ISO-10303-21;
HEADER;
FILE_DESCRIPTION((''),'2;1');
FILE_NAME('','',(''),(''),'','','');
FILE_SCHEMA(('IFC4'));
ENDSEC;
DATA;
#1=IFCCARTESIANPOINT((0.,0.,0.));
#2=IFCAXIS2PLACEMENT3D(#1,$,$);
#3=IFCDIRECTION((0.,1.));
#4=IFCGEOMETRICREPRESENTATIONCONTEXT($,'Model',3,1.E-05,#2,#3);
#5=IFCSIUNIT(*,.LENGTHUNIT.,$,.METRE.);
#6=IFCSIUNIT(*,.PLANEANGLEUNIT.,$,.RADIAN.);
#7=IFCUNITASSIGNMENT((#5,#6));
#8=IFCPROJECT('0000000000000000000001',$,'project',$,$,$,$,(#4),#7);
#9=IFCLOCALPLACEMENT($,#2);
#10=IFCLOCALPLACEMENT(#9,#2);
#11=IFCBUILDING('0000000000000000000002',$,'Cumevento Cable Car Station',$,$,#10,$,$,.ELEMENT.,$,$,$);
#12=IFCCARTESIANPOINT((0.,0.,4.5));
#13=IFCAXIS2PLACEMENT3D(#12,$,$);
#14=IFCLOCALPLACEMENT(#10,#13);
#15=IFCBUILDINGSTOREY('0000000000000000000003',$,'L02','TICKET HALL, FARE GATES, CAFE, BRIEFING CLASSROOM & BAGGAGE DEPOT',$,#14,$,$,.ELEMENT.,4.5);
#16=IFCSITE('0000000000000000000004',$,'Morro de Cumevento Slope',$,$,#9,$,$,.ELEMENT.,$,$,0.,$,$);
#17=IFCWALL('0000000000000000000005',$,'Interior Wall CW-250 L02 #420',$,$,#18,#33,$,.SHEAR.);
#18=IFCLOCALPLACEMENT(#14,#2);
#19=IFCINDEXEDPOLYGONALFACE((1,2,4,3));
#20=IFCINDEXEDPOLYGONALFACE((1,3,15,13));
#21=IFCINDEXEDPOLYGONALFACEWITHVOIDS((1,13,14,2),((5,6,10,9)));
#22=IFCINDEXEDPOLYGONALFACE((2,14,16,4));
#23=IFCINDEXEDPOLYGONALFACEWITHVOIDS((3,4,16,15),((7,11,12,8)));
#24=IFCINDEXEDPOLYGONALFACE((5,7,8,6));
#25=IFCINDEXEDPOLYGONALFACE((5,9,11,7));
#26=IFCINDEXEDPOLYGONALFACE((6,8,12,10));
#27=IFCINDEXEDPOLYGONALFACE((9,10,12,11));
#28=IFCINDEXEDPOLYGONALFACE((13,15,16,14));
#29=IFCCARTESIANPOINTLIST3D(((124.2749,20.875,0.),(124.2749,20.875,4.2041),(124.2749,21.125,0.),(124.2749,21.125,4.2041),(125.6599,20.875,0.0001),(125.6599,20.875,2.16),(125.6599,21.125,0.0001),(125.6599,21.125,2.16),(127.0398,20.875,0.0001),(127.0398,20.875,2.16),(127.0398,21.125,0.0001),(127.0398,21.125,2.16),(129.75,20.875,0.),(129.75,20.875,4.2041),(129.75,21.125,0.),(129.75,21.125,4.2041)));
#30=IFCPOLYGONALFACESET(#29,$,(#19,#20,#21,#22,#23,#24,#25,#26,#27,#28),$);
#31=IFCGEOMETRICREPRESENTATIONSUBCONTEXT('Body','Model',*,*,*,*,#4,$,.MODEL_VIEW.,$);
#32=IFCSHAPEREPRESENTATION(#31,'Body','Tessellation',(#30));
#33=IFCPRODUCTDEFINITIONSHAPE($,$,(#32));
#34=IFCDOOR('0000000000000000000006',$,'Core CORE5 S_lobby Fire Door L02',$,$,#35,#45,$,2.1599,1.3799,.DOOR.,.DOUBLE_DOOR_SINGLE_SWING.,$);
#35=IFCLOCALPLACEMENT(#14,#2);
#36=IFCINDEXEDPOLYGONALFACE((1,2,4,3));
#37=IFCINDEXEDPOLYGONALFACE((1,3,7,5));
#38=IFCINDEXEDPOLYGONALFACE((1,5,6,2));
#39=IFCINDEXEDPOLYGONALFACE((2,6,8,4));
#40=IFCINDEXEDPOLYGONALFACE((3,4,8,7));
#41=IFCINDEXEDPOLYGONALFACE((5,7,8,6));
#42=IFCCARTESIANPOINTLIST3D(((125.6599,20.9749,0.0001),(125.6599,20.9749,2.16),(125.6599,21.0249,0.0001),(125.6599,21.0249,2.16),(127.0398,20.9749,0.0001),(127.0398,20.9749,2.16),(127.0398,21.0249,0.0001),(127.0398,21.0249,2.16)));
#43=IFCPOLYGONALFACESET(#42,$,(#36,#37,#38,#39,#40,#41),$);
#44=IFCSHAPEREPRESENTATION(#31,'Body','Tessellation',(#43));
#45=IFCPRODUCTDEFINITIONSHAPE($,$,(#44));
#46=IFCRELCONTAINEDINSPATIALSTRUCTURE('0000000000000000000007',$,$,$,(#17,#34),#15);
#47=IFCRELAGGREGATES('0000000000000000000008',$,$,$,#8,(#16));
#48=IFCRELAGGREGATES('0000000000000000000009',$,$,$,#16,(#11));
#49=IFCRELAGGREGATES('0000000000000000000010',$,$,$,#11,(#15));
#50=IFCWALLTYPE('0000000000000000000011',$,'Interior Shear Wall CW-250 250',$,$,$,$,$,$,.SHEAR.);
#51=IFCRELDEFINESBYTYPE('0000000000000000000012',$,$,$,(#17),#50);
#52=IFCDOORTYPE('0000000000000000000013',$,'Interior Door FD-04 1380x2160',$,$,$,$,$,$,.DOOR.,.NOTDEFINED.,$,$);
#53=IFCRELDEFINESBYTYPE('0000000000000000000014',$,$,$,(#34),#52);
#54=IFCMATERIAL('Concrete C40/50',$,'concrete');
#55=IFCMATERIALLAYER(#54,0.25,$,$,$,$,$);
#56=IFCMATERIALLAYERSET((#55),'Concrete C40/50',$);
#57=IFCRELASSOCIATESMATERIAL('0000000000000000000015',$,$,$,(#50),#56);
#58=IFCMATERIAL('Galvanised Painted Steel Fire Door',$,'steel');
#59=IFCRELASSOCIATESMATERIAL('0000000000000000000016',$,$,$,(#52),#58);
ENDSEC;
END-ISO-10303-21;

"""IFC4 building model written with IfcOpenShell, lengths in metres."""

from ifc_helpers import new_model, si_unit, direction, frame, frame_2d, origin, place, context, subcontext, project, spatial, rectangle, extrude, material, layer, layer_set, type_object, element, fill, save


model = new_model("IFC4")

# Units and contexts
model_context = context("Model", 3, precision=1e-05, world=origin(), true_north=direction((0.0, 1.0)))
body_context = subcontext(model_context, "Body", "Model", "MODEL_VIEW")
ifc_project = project(units=[si_unit("LENGTHUNIT", "METRE"), si_unit("PLANEANGLEUNIT", "RADIAN")], contexts=[model_context])

# Site, building, storey
site_placement = place(None, origin())
site = spatial("IfcSite", under=ifc_project, at=site_placement, Name="Morro de Cumevento Slope", CompositionType="ELEMENT", RefElevation=0.0)
building_placement = place(site_placement, origin())
building = spatial("IfcBuilding", under=site, at=building_placement, Name="Cumevento Cable Car Station", CompositionType="ELEMENT")
storey_placement = place(building_placement, frame((0.0, 0.0, 4.5)))
storey = spatial("IfcBuildingStorey", under=building, at=storey_placement, Name="L02", Description="TICKET HALL, FARE GATES, CAFE, BRIEFING CLASSROOM & BAGGAGE DEPOT", CompositionType="ELEMENT", Elevation=4.5)

# Wall, opening, door
ifc_material_1 = material(Name="Concrete C40/50", Category="concrete")
ifc_layer_1 = layer(ifc_material_1, 0.25)
ifc_layer_set_1 = layer_set([ifc_layer_1], Name="Concrete C40/50")
wall_type_1 = type_object("IfcWallType", Name="Interior Shear Wall CW-250 250", PredefinedType="SHEAR", material=ifc_layer_set_1)
wall_1_placement = place(storey_placement, frame((124.2749, 21.0, 0.0), z_axis=(0.0, 0.0, 1.0), x_axis=(1.0, 0.0, 0.0)))
wall_1 = element("IfcWall", 1, at=wall_1_placement, inside=storey, type_object=wall_type_1, Name="Interior Wall CW-250 L02 #420", PredefinedType="SHEAR", context=body_context, shape_type="SweptSolid", body=[
    extrude(rectangle(XDim=5.4751, YDim=0.25, at=frame_2d((2.7375, 0.0))), origin(), (0.0, 0.0, 1.0), 4.2041),
])
opening_1_placement = place(wall_1_placement, frame((1.385, 0.0, 0.0)))
opening_1 = element("IfcOpeningElement", 2, at=opening_1_placement, cuts=wall_1, PredefinedType="OPENING", context=body_context, shape_type="SweptSolid", body=[
    extrude(rectangle(XDim=1.3799, YDim=2.1599, at=frame_2d((0.6899, 1.0801))), frame((0.0, 0.135, 0.0), z_axis=(0.0, -1.0, 0.0), x_axis=(1.0, 0.0, 0.0)), (0.0, 0.0, 1.0), 0.27),
])
ifc_material_2 = material(Name="Galvanised Painted Steel Fire Door", Category="steel")
door_type_1 = type_object("IfcDoorType", Name="Interior Door FD-04 1380x2160", OperationType="NOTDEFINED", PredefinedType="DOOR", material=ifc_material_2)
door_1_placement = place(opening_1_placement, origin())
door_1 = element("IfcDoor", 3, at=door_1_placement, inside=storey, type_object=door_type_1, Name="Core CORE5 S_lobby Fire Door L02", OperationType="DOUBLE_DOOR_SINGLE_SWING", OverallHeight=2.1599, OverallWidth=1.3799, PredefinedType="DOOR", context=body_context, shape_type="SweptSolid", body=[
    extrude(rectangle(XDim=1.3799, YDim=2.1599, at=frame_2d((0.6899, 1.0801))), frame((0.0, 0.0249, 0.0), z_axis=(0.0, -1.0, 0.0), x_axis=(1.0, 0.0, 0.0)), (0.0, 0.0, 1.0), 0.05),
])
fill(opening_1, door_1)

save(model, "model.ifc")
